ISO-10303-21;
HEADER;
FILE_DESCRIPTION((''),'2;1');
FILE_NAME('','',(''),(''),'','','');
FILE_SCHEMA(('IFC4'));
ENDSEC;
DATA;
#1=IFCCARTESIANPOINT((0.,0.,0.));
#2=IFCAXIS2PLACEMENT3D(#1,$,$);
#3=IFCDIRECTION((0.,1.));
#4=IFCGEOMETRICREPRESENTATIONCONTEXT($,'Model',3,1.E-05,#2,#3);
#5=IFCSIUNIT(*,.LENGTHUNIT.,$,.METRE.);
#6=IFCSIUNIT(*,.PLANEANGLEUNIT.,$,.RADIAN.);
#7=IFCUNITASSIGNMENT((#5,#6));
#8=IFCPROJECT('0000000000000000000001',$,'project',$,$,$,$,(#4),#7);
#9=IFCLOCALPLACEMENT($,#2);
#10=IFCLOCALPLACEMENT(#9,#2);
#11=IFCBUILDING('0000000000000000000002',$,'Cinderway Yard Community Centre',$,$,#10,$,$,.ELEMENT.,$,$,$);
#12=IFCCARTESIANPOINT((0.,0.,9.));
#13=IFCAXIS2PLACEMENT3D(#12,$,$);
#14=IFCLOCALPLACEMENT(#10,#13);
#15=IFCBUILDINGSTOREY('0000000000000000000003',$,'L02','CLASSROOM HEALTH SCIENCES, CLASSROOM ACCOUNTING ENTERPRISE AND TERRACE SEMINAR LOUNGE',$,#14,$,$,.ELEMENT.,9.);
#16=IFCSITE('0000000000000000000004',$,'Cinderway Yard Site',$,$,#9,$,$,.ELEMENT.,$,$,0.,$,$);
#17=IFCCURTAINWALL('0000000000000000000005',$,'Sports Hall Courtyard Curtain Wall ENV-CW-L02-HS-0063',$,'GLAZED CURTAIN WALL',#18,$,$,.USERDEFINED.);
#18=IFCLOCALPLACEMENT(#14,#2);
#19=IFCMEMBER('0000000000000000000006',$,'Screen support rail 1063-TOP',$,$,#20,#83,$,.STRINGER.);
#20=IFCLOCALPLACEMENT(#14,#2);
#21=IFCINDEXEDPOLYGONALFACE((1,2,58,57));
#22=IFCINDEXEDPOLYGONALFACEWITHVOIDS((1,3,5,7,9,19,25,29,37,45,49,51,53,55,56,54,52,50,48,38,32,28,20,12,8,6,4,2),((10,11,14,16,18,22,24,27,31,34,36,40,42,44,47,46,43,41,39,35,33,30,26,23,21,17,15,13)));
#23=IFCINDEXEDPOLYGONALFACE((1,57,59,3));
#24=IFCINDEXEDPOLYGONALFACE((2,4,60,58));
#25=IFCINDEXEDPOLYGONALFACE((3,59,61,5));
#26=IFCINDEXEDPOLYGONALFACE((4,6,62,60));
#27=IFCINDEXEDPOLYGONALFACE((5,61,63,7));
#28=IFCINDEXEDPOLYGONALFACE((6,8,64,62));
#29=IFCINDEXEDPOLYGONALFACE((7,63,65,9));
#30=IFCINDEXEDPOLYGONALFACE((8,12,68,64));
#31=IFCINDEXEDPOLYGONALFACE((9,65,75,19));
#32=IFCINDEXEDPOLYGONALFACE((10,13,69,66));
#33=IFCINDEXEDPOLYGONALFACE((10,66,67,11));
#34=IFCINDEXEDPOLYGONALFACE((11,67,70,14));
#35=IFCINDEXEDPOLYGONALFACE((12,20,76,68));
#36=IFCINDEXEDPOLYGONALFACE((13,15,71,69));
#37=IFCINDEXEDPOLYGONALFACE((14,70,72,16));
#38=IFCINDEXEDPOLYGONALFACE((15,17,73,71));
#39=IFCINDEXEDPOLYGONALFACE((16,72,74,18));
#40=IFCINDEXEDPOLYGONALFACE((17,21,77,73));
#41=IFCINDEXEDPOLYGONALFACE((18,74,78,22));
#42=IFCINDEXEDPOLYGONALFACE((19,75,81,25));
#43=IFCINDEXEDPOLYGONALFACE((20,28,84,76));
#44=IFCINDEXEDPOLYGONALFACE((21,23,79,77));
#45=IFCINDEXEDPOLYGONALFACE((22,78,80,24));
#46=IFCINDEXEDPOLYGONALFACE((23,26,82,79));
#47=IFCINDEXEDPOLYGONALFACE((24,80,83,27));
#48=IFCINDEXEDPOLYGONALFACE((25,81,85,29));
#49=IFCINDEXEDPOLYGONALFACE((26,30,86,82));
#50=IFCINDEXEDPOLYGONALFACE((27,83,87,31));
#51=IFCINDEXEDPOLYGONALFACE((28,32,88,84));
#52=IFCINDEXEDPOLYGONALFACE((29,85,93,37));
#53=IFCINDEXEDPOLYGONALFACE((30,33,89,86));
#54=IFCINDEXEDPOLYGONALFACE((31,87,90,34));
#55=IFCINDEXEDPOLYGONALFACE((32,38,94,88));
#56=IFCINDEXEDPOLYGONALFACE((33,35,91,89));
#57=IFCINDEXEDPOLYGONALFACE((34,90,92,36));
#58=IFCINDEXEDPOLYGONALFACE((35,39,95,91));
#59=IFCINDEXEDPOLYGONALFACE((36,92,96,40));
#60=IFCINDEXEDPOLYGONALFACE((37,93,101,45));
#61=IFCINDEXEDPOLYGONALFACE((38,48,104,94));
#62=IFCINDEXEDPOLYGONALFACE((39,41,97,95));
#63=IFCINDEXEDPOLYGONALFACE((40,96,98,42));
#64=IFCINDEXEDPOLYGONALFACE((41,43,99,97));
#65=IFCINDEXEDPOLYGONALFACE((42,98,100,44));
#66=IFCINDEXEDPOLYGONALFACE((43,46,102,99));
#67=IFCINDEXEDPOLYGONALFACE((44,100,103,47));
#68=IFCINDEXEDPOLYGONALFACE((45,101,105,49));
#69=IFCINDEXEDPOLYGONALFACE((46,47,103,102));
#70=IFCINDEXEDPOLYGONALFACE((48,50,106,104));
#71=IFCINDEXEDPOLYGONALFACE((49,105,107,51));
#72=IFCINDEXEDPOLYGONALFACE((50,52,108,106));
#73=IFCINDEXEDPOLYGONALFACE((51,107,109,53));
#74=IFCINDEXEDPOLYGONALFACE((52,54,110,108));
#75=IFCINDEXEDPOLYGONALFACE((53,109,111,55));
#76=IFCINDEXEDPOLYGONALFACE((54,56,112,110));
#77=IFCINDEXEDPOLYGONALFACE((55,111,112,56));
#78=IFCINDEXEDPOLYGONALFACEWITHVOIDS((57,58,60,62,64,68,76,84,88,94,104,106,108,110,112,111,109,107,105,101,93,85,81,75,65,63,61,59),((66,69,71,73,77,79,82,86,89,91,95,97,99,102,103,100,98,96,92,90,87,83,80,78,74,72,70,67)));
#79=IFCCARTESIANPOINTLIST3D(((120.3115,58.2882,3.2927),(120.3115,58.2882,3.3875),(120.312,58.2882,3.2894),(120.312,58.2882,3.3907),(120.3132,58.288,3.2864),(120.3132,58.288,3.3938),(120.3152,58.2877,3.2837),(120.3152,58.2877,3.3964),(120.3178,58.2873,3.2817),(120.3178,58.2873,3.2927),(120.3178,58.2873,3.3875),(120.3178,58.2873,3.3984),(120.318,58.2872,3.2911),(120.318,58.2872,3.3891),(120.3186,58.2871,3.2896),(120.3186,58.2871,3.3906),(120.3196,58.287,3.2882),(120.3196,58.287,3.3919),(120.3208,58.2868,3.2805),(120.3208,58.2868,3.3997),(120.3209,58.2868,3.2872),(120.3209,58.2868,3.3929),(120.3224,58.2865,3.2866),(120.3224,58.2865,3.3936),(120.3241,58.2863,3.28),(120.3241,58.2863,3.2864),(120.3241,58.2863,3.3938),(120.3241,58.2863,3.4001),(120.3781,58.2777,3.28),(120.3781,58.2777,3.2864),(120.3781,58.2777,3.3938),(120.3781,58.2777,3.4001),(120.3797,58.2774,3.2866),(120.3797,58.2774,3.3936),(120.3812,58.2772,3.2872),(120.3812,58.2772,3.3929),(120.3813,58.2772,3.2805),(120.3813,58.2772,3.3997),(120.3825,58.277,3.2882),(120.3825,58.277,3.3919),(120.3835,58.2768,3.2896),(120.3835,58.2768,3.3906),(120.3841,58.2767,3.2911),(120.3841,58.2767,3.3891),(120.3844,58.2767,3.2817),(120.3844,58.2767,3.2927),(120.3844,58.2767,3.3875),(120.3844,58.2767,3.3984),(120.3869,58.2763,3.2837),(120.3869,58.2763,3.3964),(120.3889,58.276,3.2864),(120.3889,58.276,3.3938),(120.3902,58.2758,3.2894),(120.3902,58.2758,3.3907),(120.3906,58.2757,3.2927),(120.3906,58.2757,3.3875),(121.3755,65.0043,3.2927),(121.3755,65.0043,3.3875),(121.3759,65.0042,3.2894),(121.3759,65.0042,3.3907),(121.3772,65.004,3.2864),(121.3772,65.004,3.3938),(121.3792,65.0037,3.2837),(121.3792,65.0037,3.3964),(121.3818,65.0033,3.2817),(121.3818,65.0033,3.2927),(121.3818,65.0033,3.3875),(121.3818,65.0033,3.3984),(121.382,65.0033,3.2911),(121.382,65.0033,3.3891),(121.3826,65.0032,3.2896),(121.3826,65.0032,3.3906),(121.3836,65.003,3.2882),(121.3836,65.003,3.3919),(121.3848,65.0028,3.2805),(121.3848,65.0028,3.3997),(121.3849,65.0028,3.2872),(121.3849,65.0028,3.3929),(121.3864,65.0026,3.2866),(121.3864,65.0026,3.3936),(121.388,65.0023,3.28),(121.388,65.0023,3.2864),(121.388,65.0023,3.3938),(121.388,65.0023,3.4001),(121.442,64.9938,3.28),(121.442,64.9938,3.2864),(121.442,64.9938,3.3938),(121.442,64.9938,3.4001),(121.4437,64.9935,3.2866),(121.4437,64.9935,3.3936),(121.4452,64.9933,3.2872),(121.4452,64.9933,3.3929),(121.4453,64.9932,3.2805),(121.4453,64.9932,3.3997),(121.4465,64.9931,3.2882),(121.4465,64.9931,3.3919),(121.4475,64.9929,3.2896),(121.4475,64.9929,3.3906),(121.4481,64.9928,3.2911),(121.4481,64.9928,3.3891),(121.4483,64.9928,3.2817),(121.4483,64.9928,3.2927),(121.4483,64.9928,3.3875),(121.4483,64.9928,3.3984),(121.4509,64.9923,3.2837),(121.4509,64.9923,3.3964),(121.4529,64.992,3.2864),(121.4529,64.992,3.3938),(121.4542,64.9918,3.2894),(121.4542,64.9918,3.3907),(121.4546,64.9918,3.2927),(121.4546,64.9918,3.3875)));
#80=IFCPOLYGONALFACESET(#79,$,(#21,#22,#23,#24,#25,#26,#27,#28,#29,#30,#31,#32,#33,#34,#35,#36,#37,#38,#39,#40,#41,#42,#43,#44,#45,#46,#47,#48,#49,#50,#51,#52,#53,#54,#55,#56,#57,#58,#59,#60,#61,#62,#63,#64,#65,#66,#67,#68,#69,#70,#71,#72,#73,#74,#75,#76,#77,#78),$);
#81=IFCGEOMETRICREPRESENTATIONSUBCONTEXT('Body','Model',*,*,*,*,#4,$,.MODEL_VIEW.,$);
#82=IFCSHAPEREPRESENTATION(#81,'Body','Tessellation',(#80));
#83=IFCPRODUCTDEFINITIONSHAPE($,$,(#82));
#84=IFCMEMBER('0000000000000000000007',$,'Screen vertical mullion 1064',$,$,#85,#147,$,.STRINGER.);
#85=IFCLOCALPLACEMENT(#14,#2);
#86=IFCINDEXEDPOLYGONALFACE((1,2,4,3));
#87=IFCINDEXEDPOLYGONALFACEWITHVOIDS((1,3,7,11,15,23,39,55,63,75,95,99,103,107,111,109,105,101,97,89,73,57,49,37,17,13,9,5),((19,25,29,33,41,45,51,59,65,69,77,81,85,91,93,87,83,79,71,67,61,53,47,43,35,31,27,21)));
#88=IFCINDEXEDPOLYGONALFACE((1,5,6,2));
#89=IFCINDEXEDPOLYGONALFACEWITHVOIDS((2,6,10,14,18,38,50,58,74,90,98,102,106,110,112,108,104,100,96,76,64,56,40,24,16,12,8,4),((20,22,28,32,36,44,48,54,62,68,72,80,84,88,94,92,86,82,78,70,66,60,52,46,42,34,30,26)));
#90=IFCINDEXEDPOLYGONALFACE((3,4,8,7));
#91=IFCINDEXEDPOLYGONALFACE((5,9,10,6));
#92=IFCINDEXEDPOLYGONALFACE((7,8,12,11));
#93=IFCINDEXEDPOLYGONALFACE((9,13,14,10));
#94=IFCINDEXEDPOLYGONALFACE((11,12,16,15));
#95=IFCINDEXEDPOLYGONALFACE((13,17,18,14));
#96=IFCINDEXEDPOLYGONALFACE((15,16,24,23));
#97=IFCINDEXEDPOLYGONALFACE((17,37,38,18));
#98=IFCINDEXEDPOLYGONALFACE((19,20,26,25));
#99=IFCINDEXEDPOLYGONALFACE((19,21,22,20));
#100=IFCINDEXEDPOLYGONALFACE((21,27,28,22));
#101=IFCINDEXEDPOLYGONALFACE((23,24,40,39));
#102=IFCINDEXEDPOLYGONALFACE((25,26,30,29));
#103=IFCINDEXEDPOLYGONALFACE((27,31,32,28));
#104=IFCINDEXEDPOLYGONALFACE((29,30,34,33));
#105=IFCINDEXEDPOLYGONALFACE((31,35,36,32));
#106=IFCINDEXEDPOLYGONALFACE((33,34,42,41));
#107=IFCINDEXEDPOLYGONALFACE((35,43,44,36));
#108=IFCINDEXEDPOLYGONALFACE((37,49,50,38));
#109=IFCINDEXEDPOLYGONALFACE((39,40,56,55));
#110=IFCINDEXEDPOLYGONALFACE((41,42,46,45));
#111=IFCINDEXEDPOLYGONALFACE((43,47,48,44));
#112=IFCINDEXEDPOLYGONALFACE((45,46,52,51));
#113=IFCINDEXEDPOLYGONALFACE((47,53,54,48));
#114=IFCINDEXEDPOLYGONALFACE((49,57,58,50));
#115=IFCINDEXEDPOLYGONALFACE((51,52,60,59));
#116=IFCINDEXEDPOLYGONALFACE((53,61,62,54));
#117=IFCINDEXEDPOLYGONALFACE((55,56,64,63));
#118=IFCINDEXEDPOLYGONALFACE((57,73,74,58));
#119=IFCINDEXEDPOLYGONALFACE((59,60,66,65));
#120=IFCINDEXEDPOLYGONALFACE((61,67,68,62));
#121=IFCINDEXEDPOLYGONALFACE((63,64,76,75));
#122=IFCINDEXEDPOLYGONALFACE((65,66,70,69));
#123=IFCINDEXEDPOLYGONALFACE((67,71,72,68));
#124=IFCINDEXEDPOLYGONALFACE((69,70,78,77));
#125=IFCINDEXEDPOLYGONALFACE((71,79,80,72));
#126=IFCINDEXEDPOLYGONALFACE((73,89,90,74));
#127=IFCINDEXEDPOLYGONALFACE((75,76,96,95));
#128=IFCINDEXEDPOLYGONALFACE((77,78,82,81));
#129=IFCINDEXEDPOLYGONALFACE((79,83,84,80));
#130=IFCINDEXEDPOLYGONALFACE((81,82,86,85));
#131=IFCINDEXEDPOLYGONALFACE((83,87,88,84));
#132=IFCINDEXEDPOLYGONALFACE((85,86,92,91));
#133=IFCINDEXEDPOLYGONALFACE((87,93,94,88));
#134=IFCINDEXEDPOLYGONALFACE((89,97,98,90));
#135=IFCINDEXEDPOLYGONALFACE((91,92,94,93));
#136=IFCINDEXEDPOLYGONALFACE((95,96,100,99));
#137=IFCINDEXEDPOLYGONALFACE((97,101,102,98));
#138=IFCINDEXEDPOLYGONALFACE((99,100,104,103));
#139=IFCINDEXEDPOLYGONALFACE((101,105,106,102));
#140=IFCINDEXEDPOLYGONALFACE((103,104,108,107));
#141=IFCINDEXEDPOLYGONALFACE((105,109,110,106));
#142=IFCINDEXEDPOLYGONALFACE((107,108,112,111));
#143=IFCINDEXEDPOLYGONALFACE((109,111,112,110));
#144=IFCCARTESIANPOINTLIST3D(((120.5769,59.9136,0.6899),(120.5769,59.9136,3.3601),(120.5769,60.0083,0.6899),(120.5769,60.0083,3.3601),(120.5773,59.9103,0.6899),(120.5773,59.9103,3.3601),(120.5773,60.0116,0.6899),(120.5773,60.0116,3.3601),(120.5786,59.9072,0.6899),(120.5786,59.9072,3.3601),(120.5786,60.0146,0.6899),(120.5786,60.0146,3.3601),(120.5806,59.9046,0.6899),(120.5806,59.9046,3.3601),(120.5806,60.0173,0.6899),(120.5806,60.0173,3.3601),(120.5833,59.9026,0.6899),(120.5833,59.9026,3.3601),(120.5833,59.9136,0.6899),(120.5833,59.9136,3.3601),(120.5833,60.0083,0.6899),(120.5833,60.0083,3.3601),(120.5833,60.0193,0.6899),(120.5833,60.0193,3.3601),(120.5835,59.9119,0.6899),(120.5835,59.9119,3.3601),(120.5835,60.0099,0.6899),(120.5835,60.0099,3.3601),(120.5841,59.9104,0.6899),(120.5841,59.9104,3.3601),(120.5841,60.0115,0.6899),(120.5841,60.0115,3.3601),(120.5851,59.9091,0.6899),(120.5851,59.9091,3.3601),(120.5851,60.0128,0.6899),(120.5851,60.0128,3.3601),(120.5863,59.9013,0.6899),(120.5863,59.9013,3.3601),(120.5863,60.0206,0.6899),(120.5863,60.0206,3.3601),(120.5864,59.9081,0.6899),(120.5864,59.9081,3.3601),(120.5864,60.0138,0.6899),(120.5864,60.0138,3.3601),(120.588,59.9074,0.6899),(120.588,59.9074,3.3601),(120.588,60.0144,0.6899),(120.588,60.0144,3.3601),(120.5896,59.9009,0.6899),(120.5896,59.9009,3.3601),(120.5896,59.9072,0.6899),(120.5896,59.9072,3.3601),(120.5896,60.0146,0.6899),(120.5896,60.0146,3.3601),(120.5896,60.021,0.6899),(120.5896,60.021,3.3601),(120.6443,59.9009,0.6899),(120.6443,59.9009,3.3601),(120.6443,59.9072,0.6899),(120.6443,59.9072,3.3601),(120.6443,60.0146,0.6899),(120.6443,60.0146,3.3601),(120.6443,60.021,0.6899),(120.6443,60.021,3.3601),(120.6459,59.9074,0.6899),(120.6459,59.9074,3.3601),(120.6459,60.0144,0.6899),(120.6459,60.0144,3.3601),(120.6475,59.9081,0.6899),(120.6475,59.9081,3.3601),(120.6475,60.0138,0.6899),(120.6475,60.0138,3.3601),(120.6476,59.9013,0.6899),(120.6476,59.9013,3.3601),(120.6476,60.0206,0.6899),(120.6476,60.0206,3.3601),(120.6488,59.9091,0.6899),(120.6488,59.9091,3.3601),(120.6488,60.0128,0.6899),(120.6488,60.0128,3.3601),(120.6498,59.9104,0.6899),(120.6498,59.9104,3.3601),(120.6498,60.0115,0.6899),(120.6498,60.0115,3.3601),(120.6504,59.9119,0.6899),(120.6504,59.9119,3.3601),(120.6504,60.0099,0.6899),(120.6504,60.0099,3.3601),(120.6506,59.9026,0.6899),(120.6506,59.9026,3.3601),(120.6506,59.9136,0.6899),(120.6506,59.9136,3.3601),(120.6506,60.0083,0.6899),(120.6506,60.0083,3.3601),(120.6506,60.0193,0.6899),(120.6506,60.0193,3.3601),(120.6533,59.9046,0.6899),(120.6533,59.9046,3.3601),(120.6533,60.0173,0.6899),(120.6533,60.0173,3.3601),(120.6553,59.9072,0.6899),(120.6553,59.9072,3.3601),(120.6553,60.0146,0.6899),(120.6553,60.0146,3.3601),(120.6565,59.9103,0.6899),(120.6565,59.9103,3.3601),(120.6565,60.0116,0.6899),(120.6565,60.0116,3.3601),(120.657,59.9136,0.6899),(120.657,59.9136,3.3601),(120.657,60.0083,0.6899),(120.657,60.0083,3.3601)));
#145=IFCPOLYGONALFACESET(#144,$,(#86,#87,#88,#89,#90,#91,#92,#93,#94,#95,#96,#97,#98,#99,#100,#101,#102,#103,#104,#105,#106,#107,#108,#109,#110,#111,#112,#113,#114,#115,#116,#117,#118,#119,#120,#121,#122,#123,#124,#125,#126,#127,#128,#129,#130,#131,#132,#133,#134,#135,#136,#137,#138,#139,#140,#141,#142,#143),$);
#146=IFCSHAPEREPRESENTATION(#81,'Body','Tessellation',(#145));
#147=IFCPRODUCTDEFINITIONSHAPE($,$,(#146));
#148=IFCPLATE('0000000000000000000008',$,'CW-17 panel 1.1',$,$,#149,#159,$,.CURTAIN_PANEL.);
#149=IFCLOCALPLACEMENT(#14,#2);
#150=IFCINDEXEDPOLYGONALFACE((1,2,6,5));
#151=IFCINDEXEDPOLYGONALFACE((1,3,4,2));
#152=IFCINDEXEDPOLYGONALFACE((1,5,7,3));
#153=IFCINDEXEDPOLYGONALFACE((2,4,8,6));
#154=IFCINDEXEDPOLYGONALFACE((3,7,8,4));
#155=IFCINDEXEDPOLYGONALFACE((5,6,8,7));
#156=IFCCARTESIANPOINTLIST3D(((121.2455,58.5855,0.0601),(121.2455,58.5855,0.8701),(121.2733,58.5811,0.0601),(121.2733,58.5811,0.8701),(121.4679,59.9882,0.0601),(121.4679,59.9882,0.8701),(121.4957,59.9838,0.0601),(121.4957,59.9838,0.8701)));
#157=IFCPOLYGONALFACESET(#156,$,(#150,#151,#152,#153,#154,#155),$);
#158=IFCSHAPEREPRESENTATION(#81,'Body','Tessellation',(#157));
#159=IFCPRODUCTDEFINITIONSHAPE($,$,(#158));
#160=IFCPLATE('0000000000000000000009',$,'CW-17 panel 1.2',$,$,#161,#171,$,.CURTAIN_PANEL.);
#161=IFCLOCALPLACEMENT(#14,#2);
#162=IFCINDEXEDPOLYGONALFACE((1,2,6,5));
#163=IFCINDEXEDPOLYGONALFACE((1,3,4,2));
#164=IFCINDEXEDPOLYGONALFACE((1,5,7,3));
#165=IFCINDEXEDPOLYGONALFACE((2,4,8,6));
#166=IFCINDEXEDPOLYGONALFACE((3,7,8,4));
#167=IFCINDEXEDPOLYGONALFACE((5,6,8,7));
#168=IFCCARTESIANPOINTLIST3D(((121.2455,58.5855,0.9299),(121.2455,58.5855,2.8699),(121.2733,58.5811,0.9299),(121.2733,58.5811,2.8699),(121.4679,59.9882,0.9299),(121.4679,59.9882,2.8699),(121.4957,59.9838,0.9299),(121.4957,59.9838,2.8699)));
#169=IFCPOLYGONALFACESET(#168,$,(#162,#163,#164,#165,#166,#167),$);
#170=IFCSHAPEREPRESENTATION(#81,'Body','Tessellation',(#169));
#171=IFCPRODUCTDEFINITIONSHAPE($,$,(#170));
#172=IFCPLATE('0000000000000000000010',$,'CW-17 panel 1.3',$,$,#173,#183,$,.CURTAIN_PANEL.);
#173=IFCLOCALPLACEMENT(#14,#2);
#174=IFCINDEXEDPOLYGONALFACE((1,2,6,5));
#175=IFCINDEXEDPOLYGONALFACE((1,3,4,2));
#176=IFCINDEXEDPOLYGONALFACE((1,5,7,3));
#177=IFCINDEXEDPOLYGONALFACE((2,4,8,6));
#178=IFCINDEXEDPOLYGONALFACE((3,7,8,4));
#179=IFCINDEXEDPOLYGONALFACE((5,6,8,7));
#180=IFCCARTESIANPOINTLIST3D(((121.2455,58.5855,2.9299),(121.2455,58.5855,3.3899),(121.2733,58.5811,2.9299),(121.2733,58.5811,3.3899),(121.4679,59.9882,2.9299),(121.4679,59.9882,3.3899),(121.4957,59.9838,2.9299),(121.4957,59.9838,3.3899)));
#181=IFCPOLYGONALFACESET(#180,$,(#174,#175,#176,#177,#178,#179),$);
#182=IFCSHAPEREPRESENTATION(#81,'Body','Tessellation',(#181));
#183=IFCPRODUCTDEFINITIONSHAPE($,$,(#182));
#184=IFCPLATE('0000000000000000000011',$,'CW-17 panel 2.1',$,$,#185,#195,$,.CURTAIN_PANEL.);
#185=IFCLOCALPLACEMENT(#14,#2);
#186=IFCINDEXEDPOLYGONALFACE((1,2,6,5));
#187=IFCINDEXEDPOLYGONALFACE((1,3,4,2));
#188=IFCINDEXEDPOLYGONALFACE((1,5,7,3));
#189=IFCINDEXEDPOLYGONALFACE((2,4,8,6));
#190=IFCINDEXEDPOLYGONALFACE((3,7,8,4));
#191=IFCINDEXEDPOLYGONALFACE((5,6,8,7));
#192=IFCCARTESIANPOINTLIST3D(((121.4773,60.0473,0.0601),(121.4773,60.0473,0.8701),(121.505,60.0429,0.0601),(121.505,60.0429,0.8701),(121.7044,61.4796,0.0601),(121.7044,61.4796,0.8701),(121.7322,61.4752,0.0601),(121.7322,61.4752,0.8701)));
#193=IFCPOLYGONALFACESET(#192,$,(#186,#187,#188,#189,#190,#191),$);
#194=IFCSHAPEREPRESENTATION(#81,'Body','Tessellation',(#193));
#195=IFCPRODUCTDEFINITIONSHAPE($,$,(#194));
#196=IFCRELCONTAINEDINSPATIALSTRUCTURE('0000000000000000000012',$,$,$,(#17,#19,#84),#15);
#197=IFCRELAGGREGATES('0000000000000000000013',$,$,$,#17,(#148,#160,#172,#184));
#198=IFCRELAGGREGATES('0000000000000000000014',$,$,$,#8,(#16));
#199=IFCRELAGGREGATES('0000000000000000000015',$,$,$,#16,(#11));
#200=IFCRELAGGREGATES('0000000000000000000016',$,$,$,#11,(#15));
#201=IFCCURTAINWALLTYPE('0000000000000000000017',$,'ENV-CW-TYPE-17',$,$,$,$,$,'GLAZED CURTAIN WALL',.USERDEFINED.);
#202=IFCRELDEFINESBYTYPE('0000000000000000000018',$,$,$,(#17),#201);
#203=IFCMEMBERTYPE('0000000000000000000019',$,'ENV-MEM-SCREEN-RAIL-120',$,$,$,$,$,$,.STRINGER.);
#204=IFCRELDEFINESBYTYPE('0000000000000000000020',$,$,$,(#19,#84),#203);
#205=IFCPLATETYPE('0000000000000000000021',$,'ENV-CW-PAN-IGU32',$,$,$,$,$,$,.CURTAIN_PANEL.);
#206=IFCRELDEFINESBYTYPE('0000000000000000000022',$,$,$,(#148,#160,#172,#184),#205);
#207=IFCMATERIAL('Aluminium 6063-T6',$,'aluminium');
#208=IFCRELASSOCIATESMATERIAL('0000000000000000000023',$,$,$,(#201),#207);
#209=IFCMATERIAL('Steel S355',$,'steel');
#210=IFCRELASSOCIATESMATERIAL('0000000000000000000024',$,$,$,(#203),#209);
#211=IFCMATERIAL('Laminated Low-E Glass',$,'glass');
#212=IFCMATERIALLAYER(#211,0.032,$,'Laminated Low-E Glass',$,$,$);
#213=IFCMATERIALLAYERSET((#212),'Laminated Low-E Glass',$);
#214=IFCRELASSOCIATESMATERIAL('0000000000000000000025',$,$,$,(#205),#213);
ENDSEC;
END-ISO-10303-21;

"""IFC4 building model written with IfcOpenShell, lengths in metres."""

from ifc_helpers import new_model, si_unit, direction, frame, origin, origin_2d, place, context, subcontext, project, spatial, rectangle, hollow_rectangle, extrude, material, layer, layer_set, material_profile, profile_set, type_object, element, aggregate, save


model = new_model("IFC4")

# Units and contexts
model_context = context("Model", 3, precision=1e-05, world=origin(), true_north=direction((0.0, 1.0)))
body_context = subcontext(model_context, "Body", "Model", "MODEL_VIEW")
ifc_project = project(units=[si_unit("LENGTHUNIT", "METRE"), si_unit("PLANEANGLEUNIT", "RADIAN")], contexts=[model_context])

# Site, building, storey
site_placement = place(None, origin())
site = spatial("IfcSite", under=ifc_project, at=site_placement, Name="Cinderway Yard Site", CompositionType="ELEMENT", RefElevation=0.0)
building_placement = place(site_placement, origin())
building = spatial("IfcBuilding", under=site, at=building_placement, Name="Cinderway Yard Community Centre", CompositionType="ELEMENT")
storey_placement = place(building_placement, frame((0.0, 0.0, 9.0)))
storey = spatial("IfcBuildingStorey", under=building, at=storey_placement, Name="L02", Description="CLASSROOM HEALTH SCIENCES, CLASSROOM ACCOUNTING ENTERPRISE AND TERRACE SEMINAR LOUNGE", CompositionType="ELEMENT", Elevation=9.0)

# Curtain wall
ifc_material_1 = material(Name="Aluminium 6063-T6", Category="aluminium")
curtain_wall_type = type_object("IfcCurtainWallType", Name="ENV-CW-TYPE-17", ElementType="GLAZED CURTAIN WALL", PredefinedType="USERDEFINED", material=ifc_material_1)
curtain_wall_placement = place(storey_placement, origin())
curtain_wall = element("IfcCurtainWall", 1, at=curtain_wall_placement, inside=storey, type_object=curtain_wall_type, Name="Sports Hall Courtyard Curtain Wall ENV-CW-L02-HS-0063", ObjectType="GLAZED CURTAIN WALL", PredefinedType="USERDEFINED")

# Members
ifc_material_2 = material(Name="Steel S355", Category="steel")
ifc_material_profile_1 = material_profile(ifc_material_2, hollow_rectangle(XDim=0.0801, YDim=0.1201, WallThickness=0.0063, InnerFilletRadius=0.0063, OuterFilletRadius=0.0127, at=origin_2d()), Name="Steel S355")
ifc_profile_set_1 = profile_set([ifc_material_profile_1], Name="Steel S355")
member_type_1 = type_object("IfcMemberType", Name="ENV-MEM-SCREEN-RAIL-120", PredefinedType="STRINGER", material=ifc_profile_set_1)
for number, where, z_axis, x_axis, name in (
    (2, (120.3511, 58.282, 3.3401), (0.15647, 0.987683, 0.0), (-0.987683, 0.15647, 0.0), "Screen support rail 1063-TOP"),
):
    element("IfcMember", number, at=place(storey_placement, frame(where, z_axis=z_axis, x_axis=x_axis)), inside=storey, type_object=member_type_1, Name=name, PredefinedType="STRINGER", context=body_context, shape_type="SweptSolid", body=[
        extrude(hollow_rectangle(XDim=0.0801, YDim=0.1201, WallThickness=0.0063, InnerFilletRadius=0.0063, OuterFilletRadius=0.0127, at=origin_2d()), origin(), (0.0, 0.0, 1.0), 6.7998),
    ])
member_1_placement = place(storey_placement, frame((120.6169, 59.9609, 0.6899), z_axis=(0.0, 0.0, 1.0), x_axis=(1.0, 0.0, 0.0)))
element("IfcMember", 3, at=member_1_placement, inside=storey, type_object=member_type_1, Name="Screen vertical mullion 1064", PredefinedType="STRINGER", context=body_context, shape_type="SweptSolid", body=[
    extrude(hollow_rectangle(XDim=0.0801, YDim=0.1201, WallThickness=0.0063, InnerFilletRadius=0.0063, OuterFilletRadius=0.0127, at=origin_2d()), origin(), (0.0, 0.0, 1.0), 2.6702),
])

# Plates
ifc_material_3 = material(Name="Laminated Low-E Glass", Category="glass")
ifc_layer_1 = layer(ifc_material_3, 0.032, Name="Laminated Low-E Glass")
ifc_layer_set_1 = layer_set([ifc_layer_1], Name="Laminated Low-E Glass")
plate_type = type_object("IfcPlateType", Name="ENV-CW-PAN-IGU32", PredefinedType="CURTAIN_PANEL", material=ifc_layer_set_1)
plate_1_placement = place(storey_placement, frame((121.3706, 59.2847, 0.0601), z_axis=(0.0, 0.0, 1.0), x_axis=(0.156609, 0.987661, 0.0)))
plate_1 = element("IfcPlate", 4, at=plate_1_placement, type_object=plate_type, Name="CW-17 panel 1.1", PredefinedType="CURTAIN_PANEL", context=body_context, shape_type="SweptSolid", body=[
    extrude(rectangle(XDim=1.4202, YDim=0.0281, at=origin_2d()), origin(), (0.0, 0.0, 1.0), 0.8101),
])
plate_2_placement = place(storey_placement, frame((121.3706, 59.2847, 0.9299), z_axis=(0.0, 0.0, 1.0), x_axis=(0.156609, 0.987661, 0.0)))
plate_2 = element("IfcPlate", 5, at=plate_2_placement, type_object=plate_type, Name="CW-17 panel 1.2", PredefinedType="CURTAIN_PANEL", context=body_context, shape_type="SweptSolid", body=[
    extrude(rectangle(XDim=1.4202, YDim=0.0281, at=origin_2d()), origin(), (0.0, 0.0, 1.0), 1.9399),
])
plate_3_placement = place(storey_placement, frame((121.3706, 59.2847, 2.9299), z_axis=(0.0, 0.0, 1.0), x_axis=(0.156609, 0.987661, 0.0)))
plate_3 = element("IfcPlate", 6, at=plate_3_placement, type_object=plate_type, Name="CW-17 panel 1.3", PredefinedType="CURTAIN_PANEL", context=body_context, shape_type="SweptSolid", body=[
    extrude(rectangle(XDim=1.4202, YDim=0.0281, at=origin_2d()), origin(), (0.0, 0.0, 1.0), 0.46),
])
plate_4_placement = place(storey_placement, frame((121.6047, 60.7612, 0.0601), z_axis=(0.0, 0.0, 1.0), x_axis=(0.156609, 0.987661, 0.0)))
plate_4 = element("IfcPlate", 7, at=plate_4_placement, type_object=plate_type, Name="CW-17 panel 2.1", PredefinedType="CURTAIN_PANEL", context=body_context, shape_type="SweptSolid", body=[
    extrude(rectangle(XDim=1.4502, YDim=0.0281, at=origin_2d()), origin(), (0.0, 0.0, 1.0), 0.8101),
])
aggregate(curtain_wall, [plate_1, plate_2, plate_3, plate_4])

save(model, "model.ifc")
